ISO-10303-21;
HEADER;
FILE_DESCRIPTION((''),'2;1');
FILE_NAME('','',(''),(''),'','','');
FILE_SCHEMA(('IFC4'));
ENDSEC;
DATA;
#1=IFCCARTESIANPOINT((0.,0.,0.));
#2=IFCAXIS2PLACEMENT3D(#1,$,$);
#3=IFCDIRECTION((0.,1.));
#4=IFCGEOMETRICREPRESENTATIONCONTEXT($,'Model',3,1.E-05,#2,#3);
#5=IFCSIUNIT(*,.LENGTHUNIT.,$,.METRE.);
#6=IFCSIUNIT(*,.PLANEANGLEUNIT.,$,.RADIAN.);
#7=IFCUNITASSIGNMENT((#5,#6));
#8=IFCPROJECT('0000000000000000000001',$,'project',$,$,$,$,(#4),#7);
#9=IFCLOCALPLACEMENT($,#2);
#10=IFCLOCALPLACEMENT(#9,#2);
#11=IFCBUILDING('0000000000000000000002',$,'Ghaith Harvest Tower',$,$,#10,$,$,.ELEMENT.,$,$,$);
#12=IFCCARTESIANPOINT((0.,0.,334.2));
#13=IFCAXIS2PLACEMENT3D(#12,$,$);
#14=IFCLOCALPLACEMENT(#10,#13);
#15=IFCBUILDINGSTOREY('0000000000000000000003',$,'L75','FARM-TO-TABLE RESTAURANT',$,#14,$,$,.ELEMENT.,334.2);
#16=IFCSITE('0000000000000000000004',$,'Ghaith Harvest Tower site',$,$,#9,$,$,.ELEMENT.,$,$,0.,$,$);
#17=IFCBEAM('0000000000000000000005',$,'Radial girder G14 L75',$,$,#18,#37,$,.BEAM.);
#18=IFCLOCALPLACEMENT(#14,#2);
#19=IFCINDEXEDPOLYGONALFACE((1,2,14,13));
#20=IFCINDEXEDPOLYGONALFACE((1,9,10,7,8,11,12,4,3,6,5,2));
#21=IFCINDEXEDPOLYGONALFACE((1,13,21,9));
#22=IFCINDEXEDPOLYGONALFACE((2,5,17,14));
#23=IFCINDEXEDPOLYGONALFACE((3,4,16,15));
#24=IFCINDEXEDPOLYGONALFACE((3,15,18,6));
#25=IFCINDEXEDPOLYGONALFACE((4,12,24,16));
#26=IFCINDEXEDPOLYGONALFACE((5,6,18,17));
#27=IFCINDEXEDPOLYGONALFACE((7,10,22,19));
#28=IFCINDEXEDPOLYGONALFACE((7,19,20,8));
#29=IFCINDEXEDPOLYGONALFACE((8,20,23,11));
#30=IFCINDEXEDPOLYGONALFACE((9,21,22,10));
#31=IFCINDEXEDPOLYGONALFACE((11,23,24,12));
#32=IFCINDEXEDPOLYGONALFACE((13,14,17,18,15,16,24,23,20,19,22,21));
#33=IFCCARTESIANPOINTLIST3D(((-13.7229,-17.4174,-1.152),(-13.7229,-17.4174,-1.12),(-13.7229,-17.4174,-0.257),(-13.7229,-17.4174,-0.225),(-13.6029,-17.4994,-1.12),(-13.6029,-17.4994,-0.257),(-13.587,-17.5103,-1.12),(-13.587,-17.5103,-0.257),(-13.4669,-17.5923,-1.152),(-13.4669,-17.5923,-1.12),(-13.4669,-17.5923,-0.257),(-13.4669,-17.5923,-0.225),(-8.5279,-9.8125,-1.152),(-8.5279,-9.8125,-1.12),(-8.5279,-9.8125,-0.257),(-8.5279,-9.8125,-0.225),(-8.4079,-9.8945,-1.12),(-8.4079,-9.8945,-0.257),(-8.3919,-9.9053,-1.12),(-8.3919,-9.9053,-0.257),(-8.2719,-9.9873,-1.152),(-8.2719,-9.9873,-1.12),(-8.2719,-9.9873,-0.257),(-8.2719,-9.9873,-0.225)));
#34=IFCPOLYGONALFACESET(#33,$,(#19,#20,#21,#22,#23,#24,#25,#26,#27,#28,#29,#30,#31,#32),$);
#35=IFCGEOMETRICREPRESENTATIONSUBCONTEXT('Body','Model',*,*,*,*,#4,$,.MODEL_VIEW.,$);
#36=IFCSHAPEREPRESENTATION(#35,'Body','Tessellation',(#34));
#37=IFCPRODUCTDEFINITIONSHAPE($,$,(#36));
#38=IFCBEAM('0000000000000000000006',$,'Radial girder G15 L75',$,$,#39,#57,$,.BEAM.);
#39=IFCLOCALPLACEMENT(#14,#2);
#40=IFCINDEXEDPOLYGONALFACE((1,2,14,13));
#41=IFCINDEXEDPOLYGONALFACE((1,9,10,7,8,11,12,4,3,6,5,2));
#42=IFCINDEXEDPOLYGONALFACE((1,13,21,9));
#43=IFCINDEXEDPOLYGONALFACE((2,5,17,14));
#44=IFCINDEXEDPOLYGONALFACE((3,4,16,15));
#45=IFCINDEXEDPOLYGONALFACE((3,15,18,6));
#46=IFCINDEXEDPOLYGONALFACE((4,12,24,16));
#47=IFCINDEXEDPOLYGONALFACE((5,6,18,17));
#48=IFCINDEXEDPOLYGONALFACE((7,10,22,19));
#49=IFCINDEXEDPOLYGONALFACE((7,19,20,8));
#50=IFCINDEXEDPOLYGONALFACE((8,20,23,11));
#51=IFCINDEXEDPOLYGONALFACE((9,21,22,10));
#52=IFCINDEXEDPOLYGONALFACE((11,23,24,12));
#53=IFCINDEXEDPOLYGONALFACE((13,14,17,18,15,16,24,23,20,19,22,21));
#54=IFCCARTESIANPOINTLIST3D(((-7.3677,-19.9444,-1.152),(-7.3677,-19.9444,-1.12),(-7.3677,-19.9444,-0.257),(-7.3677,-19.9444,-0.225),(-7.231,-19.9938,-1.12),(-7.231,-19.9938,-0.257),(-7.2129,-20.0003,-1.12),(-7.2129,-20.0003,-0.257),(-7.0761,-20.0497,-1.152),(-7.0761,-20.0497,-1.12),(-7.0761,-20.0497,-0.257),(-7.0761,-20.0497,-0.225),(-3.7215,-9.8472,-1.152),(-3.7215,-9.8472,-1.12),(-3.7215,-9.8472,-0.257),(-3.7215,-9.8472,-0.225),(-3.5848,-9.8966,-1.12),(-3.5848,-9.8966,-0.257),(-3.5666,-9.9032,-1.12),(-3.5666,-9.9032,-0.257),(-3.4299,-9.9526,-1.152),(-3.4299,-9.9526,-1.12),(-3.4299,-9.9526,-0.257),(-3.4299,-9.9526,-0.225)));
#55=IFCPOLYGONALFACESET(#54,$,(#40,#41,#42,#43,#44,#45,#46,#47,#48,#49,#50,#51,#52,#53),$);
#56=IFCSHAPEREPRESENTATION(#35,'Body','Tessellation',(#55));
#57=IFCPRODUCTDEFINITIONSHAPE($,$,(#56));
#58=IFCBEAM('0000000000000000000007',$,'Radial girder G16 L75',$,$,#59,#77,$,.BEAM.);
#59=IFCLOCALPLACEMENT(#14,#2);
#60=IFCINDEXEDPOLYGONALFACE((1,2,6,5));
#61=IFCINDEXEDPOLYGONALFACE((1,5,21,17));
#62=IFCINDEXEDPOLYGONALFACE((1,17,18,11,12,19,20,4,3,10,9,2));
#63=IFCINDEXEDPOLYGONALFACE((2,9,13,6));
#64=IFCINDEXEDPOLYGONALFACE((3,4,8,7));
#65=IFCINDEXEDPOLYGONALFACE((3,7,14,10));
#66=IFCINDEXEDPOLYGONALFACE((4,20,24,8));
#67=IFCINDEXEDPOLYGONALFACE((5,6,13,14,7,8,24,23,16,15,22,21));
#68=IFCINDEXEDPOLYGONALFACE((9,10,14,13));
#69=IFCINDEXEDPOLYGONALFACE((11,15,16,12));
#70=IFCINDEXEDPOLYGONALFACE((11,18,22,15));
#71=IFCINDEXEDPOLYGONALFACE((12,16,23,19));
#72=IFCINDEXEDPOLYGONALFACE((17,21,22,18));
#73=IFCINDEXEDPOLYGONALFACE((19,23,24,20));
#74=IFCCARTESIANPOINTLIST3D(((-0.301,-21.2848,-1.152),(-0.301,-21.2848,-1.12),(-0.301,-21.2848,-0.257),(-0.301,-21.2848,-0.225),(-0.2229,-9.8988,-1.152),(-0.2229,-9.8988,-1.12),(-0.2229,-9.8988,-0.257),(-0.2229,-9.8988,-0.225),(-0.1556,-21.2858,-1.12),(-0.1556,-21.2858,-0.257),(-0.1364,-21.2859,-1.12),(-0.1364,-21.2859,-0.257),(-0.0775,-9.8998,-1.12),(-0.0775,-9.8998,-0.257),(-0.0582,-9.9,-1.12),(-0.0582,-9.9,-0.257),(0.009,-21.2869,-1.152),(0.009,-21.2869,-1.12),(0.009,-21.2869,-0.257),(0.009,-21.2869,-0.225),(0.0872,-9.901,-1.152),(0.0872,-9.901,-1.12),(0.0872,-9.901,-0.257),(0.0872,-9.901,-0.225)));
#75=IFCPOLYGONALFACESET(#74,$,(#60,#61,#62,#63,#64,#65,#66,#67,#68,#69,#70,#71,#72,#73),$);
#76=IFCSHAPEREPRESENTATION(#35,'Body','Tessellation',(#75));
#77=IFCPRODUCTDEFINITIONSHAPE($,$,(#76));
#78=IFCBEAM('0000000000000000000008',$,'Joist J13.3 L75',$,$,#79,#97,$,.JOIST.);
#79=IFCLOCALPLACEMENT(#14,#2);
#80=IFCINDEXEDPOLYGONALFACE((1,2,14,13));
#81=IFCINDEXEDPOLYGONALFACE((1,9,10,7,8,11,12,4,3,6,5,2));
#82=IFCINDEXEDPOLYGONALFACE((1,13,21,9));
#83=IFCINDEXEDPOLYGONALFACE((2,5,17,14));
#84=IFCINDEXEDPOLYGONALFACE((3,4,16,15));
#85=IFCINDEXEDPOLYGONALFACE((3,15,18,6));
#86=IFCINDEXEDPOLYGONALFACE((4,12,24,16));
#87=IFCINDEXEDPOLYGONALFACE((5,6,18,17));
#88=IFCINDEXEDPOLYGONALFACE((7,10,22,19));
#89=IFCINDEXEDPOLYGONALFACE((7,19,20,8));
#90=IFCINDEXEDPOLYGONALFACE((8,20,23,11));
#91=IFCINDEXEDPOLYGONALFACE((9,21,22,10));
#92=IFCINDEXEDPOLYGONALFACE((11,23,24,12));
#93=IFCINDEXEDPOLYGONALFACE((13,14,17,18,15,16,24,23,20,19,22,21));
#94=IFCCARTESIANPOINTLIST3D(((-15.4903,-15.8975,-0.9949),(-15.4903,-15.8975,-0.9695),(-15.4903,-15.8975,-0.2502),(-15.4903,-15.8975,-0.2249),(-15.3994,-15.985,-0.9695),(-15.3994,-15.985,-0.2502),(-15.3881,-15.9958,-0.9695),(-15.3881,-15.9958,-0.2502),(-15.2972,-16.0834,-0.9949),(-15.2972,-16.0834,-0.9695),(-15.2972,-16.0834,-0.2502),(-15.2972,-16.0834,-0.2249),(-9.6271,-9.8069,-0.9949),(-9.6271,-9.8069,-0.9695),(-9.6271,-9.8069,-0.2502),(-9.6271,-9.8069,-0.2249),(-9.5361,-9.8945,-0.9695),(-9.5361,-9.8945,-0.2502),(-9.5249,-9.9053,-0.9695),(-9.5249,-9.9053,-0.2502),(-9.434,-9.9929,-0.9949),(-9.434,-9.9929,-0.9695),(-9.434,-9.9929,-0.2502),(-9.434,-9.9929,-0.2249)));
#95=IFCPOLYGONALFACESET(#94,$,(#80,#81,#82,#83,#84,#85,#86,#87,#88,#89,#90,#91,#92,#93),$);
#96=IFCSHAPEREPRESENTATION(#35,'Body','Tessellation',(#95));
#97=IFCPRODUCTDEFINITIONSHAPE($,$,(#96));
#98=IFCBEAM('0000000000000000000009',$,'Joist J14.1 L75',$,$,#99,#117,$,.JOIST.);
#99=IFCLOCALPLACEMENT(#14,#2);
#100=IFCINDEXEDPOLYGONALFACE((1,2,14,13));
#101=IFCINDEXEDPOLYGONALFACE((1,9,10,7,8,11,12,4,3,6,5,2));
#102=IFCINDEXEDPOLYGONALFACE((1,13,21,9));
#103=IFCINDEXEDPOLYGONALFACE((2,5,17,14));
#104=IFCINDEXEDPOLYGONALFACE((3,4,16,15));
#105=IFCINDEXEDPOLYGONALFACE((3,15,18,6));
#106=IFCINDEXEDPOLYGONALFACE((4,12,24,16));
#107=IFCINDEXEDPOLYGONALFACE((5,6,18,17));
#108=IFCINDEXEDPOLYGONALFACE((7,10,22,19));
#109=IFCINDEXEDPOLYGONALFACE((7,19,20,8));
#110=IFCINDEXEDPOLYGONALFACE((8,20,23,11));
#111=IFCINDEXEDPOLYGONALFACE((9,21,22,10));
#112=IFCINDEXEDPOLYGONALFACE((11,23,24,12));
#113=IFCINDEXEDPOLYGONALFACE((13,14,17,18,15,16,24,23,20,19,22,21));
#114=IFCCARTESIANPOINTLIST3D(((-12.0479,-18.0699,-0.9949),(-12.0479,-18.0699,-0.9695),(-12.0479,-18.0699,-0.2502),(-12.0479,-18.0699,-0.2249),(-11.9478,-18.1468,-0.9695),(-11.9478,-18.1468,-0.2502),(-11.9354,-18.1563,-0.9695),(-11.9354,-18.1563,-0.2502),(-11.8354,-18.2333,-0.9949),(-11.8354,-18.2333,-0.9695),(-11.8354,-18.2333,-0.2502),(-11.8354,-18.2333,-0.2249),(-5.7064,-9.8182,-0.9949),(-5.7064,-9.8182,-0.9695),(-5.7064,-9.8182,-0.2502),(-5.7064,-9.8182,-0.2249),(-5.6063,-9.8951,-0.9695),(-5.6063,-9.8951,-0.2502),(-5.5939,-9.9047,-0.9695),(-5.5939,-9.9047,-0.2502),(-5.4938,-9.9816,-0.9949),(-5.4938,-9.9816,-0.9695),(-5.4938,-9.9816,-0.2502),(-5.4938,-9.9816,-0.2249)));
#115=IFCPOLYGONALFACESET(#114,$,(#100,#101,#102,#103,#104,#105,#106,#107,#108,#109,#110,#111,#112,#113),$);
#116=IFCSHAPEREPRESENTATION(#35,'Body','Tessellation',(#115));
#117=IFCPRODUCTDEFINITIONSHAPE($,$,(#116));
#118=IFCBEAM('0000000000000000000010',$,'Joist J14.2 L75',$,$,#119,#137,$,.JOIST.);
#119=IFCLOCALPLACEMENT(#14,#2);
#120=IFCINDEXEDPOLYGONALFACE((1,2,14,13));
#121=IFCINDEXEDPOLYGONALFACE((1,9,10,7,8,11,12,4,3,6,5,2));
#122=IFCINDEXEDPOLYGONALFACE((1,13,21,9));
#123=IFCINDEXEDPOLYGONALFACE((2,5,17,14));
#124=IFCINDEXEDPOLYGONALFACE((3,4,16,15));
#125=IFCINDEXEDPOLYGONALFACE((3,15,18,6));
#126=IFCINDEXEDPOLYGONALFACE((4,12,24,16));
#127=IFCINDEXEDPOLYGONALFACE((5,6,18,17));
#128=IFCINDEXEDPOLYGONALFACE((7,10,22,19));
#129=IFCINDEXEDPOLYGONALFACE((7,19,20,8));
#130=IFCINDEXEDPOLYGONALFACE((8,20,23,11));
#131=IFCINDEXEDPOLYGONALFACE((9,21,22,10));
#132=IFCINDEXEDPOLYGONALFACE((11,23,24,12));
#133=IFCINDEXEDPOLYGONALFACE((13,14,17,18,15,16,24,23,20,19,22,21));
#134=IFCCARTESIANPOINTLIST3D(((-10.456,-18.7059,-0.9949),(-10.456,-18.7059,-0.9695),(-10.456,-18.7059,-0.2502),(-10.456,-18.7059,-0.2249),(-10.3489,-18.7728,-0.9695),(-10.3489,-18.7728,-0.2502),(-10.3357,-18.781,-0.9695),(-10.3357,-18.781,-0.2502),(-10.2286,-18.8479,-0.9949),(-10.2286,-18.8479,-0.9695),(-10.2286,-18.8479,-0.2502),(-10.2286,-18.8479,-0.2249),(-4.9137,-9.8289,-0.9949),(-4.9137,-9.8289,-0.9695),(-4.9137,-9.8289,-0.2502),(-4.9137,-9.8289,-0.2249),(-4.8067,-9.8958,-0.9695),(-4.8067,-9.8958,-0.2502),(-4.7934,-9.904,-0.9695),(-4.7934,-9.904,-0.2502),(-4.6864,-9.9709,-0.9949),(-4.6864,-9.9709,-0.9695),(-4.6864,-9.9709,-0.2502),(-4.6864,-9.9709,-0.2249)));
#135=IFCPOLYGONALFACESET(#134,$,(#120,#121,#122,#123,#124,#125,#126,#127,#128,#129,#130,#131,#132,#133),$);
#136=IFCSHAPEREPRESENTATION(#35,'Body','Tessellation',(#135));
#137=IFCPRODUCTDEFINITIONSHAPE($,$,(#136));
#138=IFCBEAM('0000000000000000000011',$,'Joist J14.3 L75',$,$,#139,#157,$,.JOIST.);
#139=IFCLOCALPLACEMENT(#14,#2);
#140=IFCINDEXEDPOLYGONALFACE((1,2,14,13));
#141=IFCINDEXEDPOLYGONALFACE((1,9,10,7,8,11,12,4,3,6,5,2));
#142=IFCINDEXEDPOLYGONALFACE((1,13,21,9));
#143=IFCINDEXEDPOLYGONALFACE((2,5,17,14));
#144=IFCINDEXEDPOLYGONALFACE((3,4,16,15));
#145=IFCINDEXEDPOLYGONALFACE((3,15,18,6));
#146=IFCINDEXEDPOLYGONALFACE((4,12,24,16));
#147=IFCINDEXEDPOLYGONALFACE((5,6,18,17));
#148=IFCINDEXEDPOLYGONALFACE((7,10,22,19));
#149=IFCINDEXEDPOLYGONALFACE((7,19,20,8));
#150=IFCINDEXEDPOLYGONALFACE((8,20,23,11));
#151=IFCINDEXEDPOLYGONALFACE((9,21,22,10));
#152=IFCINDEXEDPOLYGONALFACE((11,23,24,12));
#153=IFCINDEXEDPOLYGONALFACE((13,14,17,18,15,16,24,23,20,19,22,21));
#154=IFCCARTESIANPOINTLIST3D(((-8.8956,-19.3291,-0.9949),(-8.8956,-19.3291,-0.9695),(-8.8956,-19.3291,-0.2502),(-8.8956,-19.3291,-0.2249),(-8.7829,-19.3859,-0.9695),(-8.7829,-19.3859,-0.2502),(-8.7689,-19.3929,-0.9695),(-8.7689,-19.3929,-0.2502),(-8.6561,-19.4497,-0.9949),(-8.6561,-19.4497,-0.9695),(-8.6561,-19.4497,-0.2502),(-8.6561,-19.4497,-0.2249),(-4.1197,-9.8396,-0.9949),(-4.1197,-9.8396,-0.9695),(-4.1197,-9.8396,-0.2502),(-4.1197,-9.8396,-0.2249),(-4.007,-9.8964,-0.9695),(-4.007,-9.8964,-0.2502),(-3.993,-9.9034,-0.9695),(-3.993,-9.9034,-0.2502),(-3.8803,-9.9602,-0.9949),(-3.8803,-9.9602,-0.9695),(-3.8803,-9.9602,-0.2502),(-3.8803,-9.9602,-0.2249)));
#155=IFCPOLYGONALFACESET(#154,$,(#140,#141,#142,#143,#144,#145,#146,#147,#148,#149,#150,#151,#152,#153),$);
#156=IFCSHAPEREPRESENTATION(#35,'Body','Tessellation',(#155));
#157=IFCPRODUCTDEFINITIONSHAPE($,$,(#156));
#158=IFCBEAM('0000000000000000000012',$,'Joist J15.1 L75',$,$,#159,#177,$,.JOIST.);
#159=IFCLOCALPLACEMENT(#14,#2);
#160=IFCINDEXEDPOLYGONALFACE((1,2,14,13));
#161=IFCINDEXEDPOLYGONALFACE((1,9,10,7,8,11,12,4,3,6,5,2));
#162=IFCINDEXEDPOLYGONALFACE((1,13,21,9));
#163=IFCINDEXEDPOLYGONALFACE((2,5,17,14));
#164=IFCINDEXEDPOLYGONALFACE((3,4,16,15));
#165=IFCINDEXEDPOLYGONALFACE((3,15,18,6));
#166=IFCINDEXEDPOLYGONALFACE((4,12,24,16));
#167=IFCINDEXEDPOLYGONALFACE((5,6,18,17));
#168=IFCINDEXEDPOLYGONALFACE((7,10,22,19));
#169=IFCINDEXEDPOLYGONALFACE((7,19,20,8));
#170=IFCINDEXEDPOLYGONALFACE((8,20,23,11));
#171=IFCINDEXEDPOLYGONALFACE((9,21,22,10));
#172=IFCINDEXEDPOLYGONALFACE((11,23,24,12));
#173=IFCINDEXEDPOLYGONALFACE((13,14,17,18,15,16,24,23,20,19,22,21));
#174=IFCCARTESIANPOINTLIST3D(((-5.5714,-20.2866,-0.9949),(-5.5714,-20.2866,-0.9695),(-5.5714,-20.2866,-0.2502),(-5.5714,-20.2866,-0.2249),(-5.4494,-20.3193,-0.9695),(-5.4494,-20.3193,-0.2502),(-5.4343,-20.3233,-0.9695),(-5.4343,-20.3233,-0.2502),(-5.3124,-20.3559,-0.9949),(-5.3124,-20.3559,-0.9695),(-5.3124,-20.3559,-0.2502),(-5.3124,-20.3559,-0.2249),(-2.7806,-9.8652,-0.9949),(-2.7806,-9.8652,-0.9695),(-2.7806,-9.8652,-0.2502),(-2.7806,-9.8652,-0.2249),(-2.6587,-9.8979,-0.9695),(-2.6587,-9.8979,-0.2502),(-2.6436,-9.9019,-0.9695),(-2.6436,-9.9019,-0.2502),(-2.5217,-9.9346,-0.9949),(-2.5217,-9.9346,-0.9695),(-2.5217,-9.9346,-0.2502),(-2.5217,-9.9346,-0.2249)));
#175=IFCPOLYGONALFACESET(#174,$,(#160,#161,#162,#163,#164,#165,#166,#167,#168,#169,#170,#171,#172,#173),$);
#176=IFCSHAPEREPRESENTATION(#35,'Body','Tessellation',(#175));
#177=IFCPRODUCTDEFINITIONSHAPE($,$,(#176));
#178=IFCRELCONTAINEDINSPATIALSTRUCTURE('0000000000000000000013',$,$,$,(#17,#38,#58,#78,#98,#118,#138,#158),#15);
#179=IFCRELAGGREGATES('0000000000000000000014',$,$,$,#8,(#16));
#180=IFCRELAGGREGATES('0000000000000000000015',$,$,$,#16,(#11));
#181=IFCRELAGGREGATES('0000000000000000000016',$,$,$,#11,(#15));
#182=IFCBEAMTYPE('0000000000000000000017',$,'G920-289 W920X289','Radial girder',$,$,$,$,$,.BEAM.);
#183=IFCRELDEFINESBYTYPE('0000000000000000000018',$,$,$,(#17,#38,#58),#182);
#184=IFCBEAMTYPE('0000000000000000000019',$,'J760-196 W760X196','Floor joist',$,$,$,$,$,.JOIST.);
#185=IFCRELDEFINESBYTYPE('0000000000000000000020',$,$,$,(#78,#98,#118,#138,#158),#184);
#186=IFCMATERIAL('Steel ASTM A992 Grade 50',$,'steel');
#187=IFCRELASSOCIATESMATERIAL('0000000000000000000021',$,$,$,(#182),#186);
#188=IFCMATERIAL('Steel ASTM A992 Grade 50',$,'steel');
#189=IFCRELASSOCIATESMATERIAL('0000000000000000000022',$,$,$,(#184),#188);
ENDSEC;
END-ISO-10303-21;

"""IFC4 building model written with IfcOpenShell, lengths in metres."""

from ifc_helpers import new_model, si_unit, direction, frame, origin, origin_2d, place, context, subcontext, project, spatial, i_section, extrude, material, material_profile, profile_set, type_object, element, save


model = new_model("IFC4")

# Units and contexts
model_context = context("Model", 3, precision=1e-05, world=origin(), true_north=direction((0.0, 1.0)))
body_context = subcontext(model_context, "Body", "Model", "MODEL_VIEW")
ifc_project = project(units=[si_unit("LENGTHUNIT", "METRE"), si_unit("PLANEANGLEUNIT", "RADIAN")], contexts=[model_context])

# Site, building, storey
site_placement = place(None, origin())
site = spatial("IfcSite", under=ifc_project, at=site_placement, Name="Ghaith Harvest Tower site", CompositionType="ELEMENT", RefElevation=0.0)
building_placement = place(site_placement, origin())
building = spatial("IfcBuilding", under=site, at=building_placement, Name="Ghaith Harvest Tower", CompositionType="ELEMENT")
storey_placement = place(building_placement, frame((0.0, 0.0, 334.2)))
storey = spatial("IfcBuildingStorey", under=building, at=storey_placement, Name="L75", Description="FARM-TO-TABLE RESTAURANT", CompositionType="ELEMENT", Elevation=334.2)

# Beams
ifc_material_1 = material(Name="Steel ASTM A992 Grade 50", Category="steel")
ifc_material_profile_1 = material_profile(ifc_material_1, i_section(OverallWidth=0.3101, OverallDepth=0.927, WebThickness=0.0193, FlangeThickness=0.032, at=origin_2d()), Name="W920X289")
ifc_profile_set_1 = profile_set([ifc_material_profile_1], Name="Steel ASTM A992 Grade 50")
beam_type_1 = type_object("IfcBeamType", Name="G920-289 W920X289", Description="Radial girder", PredefinedType="BEAM", material=ifc_profile_set_1)
beam_1_placement = place(storey_placement, frame((-8.3999, -9.8999, -0.6885), z_axis=(-0.564067, -0.825729, 0.0), x_axis=(0.825729, -0.564067, 0.0)))
element("IfcBeam", 1, at=beam_1_placement, inside=storey, type_object=beam_type_1, Name="Radial girder G14 L75", PredefinedType="BEAM", context=body_context, shape_type="SweptSolid", body=[
    extrude(i_section(OverallWidth=0.3101, OverallDepth=0.927, WebThickness=0.0193, FlangeThickness=0.032, at=origin_2d()), origin(), (0.0, 0.0, 1.0), 9.21),
])
beam_2_placement = place(storey_placement, frame((-3.5757, -9.8999, -0.6885), z_axis=(-0.339648, -0.940553, 0.0), x_axis=(0.940553, -0.339648, 0.0)))
element("IfcBeam", 2, at=beam_2_placement, inside=storey, type_object=beam_type_1, Name="Radial girder G15 L75", PredefinedType="BEAM", context=body_context, shape_type="SweptSolid", body=[
    extrude(i_section(OverallWidth=0.3101, OverallDepth=0.927, WebThickness=0.0193, FlangeThickness=0.032, at=origin_2d()), origin(), (0.0, 0.0, 1.0), 10.7354),
])
beam_3_placement = place(storey_placement, frame((-0.0679, -9.8999, -0.6885), z_axis=(-0.006861, -0.999976, 0.0), x_axis=(0.999976, -0.006861, 0.0)))
element("IfcBeam", 3, at=beam_3_placement, inside=storey, type_object=beam_type_1, Name="Radial girder G16 L75", PredefinedType="BEAM", context=body_context, shape_type="SweptSolid", body=[
    extrude(i_section(OverallWidth=0.3101, OverallDepth=0.927, WebThickness=0.0193, FlangeThickness=0.032, at=origin_2d()), origin(), (0.0, 0.0, 1.0), 11.3862),
])
ifc_material_2 = material(Name="Steel ASTM A992 Grade 50", Category="steel")
ifc_material_profile_2 = material_profile(ifc_material_2, i_section(OverallWidth=0.2681, OverallDepth=0.77, WebThickness=0.0156, FlangeThickness=0.0254, at=origin_2d()), Name="W760X196")
ifc_profile_set_2 = profile_set([ifc_material_profile_2], Name="Steel ASTM A992 Grade 50")
beam_type_2 = type_object("IfcBeamType", Name="J760-196 W760X196", Description="Floor joist", PredefinedType="JOIST", material=ifc_profile_set_2)
beam_4_placement = place(storey_placement, frame((-9.5305, -9.8999, -0.6099), z_axis=(-0.693536, -0.720422, 0.0), x_axis=(0.720422, -0.693536, 0.0)))
element("IfcBeam", 4, at=beam_4_placement, inside=storey, type_object=beam_type_2, Name="Joist J13.3 L75", PredefinedType="JOIST", context=body_context, shape_type="SweptSolid", body=[
    extrude(i_section(OverallWidth=0.2681, OverallDepth=0.77, WebThickness=0.0156, FlangeThickness=0.0254, at=origin_2d()), origin(), (0.0, 0.0, 1.0), 8.4541),
])
beam_5_placement = place(storey_placement, frame((-5.6001, -9.8999, -0.6099), z_axis=(-0.609354, -0.792899, 0.0), x_axis=(0.792899, -0.609354, 0.0)))
element("IfcBeam", 5, at=beam_5_placement, inside=storey, type_object=beam_type_2, Name="Joist J14.1 L75", PredefinedType="JOIST", context=body_context, shape_type="SweptSolid", body=[
    extrude(i_section(OverallWidth=0.2681, OverallDepth=0.77, WebThickness=0.0156, FlangeThickness=0.0254, at=origin_2d()), origin(), (0.0, 0.0, 1.0), 10.407),
])
beam_6_placement = place(storey_placement, frame((-4.8, -9.8999, -0.6099), z_axis=(-0.529596, -0.84825, 0.0), x_axis=(0.84825, -0.529596, 0.0)))
element("IfcBeam", 6, at=beam_6_placement, inside=storey, type_object=beam_type_2, Name="Joist J14.2 L75", PredefinedType="JOIST", context=body_context, shape_type="SweptSolid", body=[
    extrude(i_section(OverallWidth=0.2681, OverallDepth=0.77, WebThickness=0.0156, FlangeThickness=0.0254, at=origin_2d()), origin(), (0.0, 0.0, 1.0), 10.4651),
])
beam_7_placement = place(storey_placement, frame((-4.0, -9.8999, -0.6099), z_axis=(-0.449556, -0.893252, 0.0), x_axis=(0.893252, -0.449556, 0.0)))
element("IfcBeam", 7, at=beam_7_placement, inside=storey, type_object=beam_type_2, Name="Joist J14.3 L75", PredefinedType="JOIST", context=body_context, shape_type="SweptSolid", body=[
    extrude(i_section(OverallWidth=0.2681, OverallDepth=0.77, WebThickness=0.0156, FlangeThickness=0.0254, at=origin_2d()), origin(), (0.0, 0.0, 1.0), 10.6235),
])
beam_8_placement = place(storey_placement, frame((-2.6511, -9.8999, -0.6099), z_axis=(-0.258678, -0.965964, 0.0), x_axis=(0.965964, -0.258678, 0.0)))
element("IfcBeam", 8, at=beam_8_placement, inside=storey, type_object=beam_type_2, Name="Joist J15.1 L75", PredefinedType="JOIST", context=body_context, shape_type="SweptSolid", body=[
    extrude(i_section(OverallWidth=0.2681, OverallDepth=0.77, WebThickness=0.0156, FlangeThickness=0.0254, at=origin_2d()), origin(), (0.0, 0.0, 1.0), 10.7886),
])

save(model, "model.ifc")
